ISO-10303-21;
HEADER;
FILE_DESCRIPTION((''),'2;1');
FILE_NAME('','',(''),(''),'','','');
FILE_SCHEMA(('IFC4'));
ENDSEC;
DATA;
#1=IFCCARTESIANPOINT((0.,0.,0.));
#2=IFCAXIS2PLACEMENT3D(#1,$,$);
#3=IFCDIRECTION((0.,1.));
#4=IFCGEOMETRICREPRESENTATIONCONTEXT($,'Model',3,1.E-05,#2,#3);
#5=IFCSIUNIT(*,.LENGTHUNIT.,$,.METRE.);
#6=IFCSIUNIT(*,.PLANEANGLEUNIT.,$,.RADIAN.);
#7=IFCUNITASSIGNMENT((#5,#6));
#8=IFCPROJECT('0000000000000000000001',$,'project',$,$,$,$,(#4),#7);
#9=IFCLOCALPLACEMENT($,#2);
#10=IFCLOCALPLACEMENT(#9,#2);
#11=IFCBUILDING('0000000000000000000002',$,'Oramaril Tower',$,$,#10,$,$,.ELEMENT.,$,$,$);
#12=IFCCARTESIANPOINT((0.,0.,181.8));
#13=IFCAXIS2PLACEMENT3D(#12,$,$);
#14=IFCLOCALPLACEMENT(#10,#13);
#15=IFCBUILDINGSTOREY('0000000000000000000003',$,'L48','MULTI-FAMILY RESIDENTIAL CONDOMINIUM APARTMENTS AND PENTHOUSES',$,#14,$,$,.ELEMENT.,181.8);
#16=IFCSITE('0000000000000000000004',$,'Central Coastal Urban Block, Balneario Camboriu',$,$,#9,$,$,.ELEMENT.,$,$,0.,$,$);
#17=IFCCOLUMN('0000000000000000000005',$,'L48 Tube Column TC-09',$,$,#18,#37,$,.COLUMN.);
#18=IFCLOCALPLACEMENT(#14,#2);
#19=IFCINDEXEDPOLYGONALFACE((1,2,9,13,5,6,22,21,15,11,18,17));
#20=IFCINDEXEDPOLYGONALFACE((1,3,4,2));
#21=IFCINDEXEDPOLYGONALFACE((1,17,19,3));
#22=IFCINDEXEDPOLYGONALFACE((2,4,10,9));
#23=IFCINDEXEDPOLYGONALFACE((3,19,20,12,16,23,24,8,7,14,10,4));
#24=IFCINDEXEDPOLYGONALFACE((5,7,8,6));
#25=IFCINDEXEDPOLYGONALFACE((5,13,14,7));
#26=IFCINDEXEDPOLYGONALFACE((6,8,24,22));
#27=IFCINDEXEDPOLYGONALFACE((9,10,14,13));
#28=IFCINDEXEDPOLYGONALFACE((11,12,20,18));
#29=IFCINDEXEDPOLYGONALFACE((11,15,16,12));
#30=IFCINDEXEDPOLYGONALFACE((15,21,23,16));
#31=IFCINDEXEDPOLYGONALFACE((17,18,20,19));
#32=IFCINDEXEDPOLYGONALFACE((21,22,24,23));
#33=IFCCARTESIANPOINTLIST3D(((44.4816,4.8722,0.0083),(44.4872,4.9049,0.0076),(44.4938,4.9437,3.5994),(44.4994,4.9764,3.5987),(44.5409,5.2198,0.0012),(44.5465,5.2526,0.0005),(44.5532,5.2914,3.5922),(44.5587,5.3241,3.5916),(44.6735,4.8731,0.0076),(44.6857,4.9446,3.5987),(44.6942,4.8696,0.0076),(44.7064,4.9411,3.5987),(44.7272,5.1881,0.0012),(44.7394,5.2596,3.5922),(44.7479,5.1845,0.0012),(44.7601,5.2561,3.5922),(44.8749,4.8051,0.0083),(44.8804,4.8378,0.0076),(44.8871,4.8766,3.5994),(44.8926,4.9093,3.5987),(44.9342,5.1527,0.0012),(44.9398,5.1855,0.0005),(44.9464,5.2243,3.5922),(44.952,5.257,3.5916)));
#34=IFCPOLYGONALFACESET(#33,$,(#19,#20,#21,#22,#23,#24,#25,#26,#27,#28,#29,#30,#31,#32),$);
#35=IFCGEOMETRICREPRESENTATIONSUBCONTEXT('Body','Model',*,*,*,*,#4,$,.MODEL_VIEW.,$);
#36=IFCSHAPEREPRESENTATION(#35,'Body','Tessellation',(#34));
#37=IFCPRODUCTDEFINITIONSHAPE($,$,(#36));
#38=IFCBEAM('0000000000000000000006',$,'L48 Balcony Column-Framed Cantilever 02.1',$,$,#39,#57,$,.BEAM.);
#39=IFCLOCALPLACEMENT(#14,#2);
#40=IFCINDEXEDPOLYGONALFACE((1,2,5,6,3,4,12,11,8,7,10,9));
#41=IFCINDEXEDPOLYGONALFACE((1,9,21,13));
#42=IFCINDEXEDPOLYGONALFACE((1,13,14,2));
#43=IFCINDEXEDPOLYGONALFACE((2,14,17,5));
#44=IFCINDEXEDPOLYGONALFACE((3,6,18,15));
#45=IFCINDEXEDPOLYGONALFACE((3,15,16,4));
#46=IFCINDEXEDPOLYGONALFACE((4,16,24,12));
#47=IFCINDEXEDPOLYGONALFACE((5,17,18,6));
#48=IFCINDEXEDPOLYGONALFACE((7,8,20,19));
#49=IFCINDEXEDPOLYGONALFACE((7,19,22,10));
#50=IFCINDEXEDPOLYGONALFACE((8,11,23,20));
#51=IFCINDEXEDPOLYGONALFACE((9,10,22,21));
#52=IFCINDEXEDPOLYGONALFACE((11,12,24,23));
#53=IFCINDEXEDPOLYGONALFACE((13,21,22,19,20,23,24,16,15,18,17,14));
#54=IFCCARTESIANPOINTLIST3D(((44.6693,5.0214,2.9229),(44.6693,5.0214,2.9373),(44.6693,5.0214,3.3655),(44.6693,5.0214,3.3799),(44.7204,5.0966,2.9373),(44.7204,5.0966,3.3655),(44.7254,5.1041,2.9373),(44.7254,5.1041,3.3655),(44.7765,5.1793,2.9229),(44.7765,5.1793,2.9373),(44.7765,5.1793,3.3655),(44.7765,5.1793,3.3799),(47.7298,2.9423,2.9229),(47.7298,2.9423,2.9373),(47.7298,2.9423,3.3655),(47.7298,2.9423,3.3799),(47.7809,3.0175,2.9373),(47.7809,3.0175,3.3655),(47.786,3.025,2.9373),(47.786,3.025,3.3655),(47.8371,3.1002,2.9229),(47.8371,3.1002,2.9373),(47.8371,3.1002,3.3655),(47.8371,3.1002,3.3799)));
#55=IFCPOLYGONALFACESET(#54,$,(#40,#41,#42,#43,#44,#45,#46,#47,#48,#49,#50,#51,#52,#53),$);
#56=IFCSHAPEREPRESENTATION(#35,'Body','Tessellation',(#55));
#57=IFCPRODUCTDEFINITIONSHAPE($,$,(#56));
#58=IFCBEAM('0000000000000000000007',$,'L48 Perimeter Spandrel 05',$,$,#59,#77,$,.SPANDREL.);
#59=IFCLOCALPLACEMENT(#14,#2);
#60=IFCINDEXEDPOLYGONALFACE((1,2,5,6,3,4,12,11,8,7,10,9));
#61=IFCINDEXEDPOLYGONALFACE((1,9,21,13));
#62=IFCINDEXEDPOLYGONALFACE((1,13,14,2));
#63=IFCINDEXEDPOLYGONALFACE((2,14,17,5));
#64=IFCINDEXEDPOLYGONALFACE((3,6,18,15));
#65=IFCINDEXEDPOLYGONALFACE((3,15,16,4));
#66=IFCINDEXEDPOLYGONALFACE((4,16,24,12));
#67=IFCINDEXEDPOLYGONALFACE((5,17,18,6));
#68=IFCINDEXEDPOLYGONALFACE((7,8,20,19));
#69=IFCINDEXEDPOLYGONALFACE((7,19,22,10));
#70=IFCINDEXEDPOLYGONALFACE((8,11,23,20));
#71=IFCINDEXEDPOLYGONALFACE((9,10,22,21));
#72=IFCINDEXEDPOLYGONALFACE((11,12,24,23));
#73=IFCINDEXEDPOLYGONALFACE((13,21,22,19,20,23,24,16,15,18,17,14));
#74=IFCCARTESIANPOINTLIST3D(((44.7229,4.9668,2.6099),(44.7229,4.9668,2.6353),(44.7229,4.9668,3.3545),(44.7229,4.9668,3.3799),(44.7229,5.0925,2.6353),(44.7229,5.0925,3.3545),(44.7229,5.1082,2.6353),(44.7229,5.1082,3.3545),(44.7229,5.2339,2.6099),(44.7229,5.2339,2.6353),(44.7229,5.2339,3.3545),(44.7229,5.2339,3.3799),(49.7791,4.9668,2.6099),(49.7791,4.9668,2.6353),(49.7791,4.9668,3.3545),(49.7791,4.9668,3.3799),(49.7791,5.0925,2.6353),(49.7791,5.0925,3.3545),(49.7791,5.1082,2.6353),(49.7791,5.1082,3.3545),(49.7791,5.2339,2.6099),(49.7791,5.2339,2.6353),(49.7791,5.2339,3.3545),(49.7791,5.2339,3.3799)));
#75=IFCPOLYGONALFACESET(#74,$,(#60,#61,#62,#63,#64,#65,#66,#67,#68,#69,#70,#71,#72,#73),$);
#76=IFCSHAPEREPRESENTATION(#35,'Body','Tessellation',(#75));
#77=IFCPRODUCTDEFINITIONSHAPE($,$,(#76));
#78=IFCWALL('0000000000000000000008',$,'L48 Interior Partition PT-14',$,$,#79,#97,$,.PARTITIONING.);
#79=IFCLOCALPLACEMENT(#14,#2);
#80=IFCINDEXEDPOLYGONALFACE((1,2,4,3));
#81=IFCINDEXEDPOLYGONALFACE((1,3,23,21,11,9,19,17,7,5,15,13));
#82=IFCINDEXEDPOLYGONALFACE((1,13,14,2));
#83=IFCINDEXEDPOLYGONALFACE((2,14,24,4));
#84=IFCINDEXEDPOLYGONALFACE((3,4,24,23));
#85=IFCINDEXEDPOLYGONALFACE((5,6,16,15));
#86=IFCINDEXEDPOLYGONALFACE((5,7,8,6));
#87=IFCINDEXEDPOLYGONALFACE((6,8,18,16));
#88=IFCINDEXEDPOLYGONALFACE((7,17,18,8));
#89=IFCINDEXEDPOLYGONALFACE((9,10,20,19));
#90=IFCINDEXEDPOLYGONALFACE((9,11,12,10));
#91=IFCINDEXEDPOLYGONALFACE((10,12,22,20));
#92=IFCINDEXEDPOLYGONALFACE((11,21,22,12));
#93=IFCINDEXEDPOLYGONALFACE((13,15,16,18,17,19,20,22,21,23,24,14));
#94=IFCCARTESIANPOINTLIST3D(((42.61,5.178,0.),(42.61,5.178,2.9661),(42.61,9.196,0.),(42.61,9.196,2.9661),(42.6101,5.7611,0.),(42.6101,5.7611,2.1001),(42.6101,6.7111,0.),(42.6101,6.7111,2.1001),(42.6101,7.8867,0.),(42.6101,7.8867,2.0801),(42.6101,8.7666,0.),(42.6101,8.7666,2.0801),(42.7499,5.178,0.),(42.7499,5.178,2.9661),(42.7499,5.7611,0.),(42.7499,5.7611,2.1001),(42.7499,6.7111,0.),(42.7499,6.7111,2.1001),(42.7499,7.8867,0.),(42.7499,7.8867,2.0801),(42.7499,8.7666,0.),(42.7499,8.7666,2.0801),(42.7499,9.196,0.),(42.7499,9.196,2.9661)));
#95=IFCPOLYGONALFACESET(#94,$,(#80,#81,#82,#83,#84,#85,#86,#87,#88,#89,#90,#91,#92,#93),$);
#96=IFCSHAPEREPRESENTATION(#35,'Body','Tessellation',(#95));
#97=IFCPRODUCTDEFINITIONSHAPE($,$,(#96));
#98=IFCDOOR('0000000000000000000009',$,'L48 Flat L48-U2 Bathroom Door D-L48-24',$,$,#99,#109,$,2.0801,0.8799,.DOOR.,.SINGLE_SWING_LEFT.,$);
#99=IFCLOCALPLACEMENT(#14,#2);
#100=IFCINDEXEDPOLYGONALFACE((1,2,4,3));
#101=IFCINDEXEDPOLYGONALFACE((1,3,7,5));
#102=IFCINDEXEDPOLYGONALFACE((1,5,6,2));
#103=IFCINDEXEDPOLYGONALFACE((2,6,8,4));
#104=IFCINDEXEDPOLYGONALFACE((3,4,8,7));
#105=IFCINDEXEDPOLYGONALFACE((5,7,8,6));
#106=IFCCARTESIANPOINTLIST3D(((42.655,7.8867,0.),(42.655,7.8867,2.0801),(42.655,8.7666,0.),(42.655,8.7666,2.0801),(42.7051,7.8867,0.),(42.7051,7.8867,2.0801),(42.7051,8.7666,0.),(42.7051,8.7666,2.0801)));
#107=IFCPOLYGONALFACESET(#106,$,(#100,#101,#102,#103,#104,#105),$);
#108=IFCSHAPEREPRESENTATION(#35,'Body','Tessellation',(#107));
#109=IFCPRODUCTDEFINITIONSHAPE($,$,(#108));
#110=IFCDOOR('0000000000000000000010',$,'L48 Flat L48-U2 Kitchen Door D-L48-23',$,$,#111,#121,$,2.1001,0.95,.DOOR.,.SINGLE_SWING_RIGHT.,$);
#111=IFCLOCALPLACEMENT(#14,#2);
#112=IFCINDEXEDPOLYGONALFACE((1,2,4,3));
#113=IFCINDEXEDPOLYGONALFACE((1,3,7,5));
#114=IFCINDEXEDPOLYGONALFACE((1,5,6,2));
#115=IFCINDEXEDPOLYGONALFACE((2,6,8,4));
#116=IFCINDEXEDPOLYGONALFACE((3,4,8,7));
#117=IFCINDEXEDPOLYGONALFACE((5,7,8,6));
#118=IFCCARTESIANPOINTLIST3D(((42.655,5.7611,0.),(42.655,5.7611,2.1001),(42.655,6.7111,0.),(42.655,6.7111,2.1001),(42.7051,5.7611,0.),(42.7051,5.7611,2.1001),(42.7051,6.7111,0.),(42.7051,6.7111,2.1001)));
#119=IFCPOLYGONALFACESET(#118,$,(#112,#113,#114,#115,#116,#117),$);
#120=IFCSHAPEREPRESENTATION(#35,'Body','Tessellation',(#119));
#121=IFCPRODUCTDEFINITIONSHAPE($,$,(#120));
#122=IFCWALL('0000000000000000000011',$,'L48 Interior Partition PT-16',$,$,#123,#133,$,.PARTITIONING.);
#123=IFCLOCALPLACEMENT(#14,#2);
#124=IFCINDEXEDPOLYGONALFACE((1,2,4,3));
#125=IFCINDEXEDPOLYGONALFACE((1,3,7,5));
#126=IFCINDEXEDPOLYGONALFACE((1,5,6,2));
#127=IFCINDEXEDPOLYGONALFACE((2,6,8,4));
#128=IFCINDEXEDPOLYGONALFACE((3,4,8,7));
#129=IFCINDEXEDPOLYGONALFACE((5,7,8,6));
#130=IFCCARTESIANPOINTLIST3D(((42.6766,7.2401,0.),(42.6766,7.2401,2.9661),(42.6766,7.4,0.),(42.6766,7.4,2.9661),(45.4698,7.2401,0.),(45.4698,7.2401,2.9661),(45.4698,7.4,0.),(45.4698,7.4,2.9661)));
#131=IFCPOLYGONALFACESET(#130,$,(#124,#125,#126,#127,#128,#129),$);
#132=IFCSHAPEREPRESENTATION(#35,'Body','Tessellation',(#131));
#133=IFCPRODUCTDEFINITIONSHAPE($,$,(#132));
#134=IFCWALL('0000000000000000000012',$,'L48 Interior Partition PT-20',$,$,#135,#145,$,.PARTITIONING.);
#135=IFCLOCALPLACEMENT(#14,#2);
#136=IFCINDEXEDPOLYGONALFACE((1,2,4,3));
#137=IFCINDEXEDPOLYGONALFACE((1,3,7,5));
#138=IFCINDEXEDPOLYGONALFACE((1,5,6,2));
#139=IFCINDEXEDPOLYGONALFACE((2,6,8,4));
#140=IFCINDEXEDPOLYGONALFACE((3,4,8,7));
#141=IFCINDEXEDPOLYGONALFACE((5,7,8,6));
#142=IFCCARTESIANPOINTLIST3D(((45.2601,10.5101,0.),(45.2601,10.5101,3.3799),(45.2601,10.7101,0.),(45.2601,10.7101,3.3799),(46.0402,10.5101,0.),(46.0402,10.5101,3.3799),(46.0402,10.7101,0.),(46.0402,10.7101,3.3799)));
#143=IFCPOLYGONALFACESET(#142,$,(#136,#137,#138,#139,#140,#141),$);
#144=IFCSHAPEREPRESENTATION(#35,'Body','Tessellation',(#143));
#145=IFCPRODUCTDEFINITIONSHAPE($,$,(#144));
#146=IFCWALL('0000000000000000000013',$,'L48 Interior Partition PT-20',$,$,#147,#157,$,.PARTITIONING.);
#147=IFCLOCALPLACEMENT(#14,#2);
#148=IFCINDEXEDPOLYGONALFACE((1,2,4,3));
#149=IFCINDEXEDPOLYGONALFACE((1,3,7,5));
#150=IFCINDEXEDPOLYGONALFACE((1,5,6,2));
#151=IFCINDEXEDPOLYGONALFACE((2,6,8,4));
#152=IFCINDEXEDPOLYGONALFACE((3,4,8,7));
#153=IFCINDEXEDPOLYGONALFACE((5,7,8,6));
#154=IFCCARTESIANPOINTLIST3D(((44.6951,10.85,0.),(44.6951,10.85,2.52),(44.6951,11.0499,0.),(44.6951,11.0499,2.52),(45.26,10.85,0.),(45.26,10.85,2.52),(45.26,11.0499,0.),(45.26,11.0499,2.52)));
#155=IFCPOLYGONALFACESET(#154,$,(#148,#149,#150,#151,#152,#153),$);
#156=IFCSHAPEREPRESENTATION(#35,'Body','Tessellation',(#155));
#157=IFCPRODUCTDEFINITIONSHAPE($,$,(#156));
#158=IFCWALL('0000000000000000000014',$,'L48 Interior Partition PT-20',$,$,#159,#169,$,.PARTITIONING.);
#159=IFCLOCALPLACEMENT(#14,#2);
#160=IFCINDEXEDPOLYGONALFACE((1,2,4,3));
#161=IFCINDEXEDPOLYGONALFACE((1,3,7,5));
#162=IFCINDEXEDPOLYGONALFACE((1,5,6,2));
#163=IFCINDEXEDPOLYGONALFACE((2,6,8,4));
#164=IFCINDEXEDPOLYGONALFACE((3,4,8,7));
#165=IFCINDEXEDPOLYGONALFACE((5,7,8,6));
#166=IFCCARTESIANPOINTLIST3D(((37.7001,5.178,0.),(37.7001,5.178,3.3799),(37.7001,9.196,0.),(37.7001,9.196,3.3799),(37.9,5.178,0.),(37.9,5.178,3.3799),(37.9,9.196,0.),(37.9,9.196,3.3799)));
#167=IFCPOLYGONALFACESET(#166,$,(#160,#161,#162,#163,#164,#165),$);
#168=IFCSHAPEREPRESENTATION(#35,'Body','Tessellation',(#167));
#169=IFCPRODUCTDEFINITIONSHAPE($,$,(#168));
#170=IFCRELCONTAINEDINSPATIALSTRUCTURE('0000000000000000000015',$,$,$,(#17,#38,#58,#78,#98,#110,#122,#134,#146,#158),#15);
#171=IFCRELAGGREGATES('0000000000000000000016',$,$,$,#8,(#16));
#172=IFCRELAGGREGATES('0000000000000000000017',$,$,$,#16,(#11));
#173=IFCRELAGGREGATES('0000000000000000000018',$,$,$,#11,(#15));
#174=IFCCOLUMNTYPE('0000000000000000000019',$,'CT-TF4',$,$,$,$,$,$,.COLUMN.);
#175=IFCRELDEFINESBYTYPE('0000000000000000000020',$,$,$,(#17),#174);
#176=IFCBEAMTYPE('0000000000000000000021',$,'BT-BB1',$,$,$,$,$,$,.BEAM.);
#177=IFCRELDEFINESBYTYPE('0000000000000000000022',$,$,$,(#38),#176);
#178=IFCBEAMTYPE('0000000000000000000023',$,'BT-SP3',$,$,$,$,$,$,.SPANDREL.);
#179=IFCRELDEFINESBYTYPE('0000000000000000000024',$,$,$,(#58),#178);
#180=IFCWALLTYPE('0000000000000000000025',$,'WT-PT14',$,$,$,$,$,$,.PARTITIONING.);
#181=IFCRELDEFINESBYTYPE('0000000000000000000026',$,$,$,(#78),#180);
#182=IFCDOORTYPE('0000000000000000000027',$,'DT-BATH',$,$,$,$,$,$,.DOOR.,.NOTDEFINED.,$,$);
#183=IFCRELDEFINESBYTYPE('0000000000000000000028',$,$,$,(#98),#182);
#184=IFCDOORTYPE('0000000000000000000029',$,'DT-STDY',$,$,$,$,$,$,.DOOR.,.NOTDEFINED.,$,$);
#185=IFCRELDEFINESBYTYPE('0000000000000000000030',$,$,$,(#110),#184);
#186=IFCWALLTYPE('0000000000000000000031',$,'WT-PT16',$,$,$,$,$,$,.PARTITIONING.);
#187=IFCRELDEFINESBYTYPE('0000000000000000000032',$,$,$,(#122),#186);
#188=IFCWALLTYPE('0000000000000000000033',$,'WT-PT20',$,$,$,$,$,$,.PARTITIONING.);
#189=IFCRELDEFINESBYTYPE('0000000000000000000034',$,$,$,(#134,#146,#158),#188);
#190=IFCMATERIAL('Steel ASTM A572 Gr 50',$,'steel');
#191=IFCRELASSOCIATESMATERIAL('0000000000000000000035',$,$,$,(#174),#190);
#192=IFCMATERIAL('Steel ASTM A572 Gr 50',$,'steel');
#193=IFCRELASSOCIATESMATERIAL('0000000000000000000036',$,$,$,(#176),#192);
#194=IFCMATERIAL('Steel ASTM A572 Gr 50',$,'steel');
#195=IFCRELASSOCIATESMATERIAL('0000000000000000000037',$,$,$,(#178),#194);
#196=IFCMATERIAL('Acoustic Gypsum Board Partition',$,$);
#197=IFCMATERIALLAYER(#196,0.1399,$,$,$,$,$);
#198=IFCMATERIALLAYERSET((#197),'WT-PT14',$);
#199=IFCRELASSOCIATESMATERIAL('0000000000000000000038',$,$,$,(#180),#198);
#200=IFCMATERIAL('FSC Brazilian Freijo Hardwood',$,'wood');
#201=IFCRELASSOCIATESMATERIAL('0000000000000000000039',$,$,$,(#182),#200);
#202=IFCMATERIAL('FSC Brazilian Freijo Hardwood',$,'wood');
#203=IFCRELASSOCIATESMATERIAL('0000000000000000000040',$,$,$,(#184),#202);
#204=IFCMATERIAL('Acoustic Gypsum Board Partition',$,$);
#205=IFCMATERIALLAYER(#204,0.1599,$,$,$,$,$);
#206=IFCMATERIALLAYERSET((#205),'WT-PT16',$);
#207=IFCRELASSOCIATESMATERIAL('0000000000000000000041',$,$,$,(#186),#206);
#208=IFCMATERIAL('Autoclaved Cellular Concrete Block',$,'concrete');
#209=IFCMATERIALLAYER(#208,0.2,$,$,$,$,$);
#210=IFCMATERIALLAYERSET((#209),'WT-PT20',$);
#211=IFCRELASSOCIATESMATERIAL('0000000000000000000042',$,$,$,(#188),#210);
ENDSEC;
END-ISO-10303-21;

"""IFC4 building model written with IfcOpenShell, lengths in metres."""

from ifc_helpers import new_model, si_unit, direction, frame, frame_2d, origin, origin_2d, place, context, subcontext, project, spatial, rectangle, i_section, extrude, material, layer, layer_set, material_profile, profile_set, type_object, element, fill, save


model = new_model("IFC4")

# Units and contexts
model_context = context("Model", 3, precision=1e-05, world=origin(), true_north=direction((0.0, 1.0)))
body_context = subcontext(model_context, "Body", "Model", "MODEL_VIEW")
ifc_project = project(units=[si_unit("LENGTHUNIT", "METRE"), si_unit("PLANEANGLEUNIT", "RADIAN")], contexts=[model_context])

# Site, building, storey
site_placement = place(None, origin())
site = spatial("IfcSite", under=ifc_project, at=site_placement, Name="Central Coastal Urban Block, Balneario Camboriu", CompositionType="ELEMENT", RefElevation=0.0)
building_placement = place(site_placement, origin())
building = spatial("IfcBuilding", under=site, at=building_placement, Name="Oramaril Tower", CompositionType="ELEMENT")
storey_placement = place(building_placement, frame((0.0, 0.0, 181.8)))
storey = spatial("IfcBuildingStorey", under=building, at=storey_placement, Name="L48", Description="MULTI-FAMILY RESIDENTIAL CONDOMINIUM APARTMENTS AND PENTHOUSES", CompositionType="ELEMENT", Elevation=181.8)

# Column
ifc_material_1 = material(Name="Steel ASTM A572 Gr 50", Category="steel")
ifc_material_profile_1 = material_profile(ifc_material_1, i_section(OverallWidth=0.3989, OverallDepth=0.386, WebThickness=0.021, FlangeThickness=0.0332, at=origin_2d()), Name="W14X176")
ifc_profile_set_1 = profile_set([ifc_material_profile_1], Name="Steel ASTM A572 Gr 50")
column_type = type_object("IfcColumnType", Name="CT-TF4", PredefinedType="COLUMN", material=ifc_profile_set_1)
column_placement = place(storey_placement, frame((44.7107, 5.0288, 0.0044), z_axis=(0.003399, 0.019916, 0.999796), x_axis=(-0.98575, 0.168217, 0.0)))
element("IfcColumn", 1, at=column_placement, inside=storey, type_object=column_type, Name="L48 Tube Column TC-09", PredefinedType="COLUMN", context=body_context, shape_type="SweptSolid", body=[
    extrude(i_section(OverallWidth=0.3989, OverallDepth=0.386, WebThickness=0.021, FlangeThickness=0.0332, at=origin_2d()), origin(), (0.0, 0.0, 1.0), 3.5918),
])

# Beams
ifc_material_2 = material(Name="Steel ASTM A572 Gr 50", Category="steel")
ifc_material_profile_2 = material_profile(ifc_material_2, i_section(OverallWidth=0.1909, OverallDepth=0.457, WebThickness=0.009, FlangeThickness=0.0144, at=origin_2d()), Name="W18X50")
ifc_profile_set_2 = profile_set([ifc_material_profile_2], Name="Steel ASTM A572 Gr 50")
beam_type_1 = type_object("IfcBeamType", Name="BT-BB1", PredefinedType="BEAM", material=ifc_profile_set_2)
beam_1_placement = place(storey_placement, frame((44.7229, 5.1003, 3.1514), z_axis=(0.827187, -0.561927, 0.0), x_axis=(0.561927, 0.827187, 0.0)))
element("IfcBeam", 2, at=beam_1_placement, inside=storey, type_object=beam_type_1, Name="L48 Balcony Column-Framed Cantilever 02.1", PredefinedType="BEAM", context=body_context, shape_type="SweptSolid", body=[
    extrude(i_section(OverallWidth=0.1909, OverallDepth=0.457, WebThickness=0.009, FlangeThickness=0.0144, at=origin_2d()), origin(), (0.0, 0.0, 1.0), 3.7),
])
ifc_material_3 = material(Name="Steel ASTM A572 Gr 50", Category="steel")
ifc_material_profile_3 = material_profile(ifc_material_3, i_section(OverallWidth=0.2671, OverallDepth=0.77, WebThickness=0.0156, FlangeThickness=0.0254, at=origin_2d()), Name="W30X132")
ifc_profile_set_3 = profile_set([ifc_material_profile_3], Name="Steel ASTM A572 Gr 50")
beam_type_2 = type_object("IfcBeamType", Name="BT-SP3", PredefinedType="SPANDREL", material=ifc_profile_set_3)
beam_2_placement = place(storey_placement, frame((44.7229, 5.1003, 2.9949), z_axis=(1.0, 0.0, 0.0), x_axis=(0.0, 1.0, 0.0)))
element("IfcBeam", 3, at=beam_2_placement, inside=storey, type_object=beam_type_2, Name="L48 Perimeter Spandrel 05", PredefinedType="SPANDREL", context=body_context, shape_type="SweptSolid", body=[
    extrude(i_section(OverallWidth=0.2671, OverallDepth=0.77, WebThickness=0.0156, FlangeThickness=0.0254, at=origin_2d()), origin(), (0.0, 0.0, 1.0), 5.0562),
])

# Wall, openings, doors
ifc_material_4 = material(Name="Acoustic Gypsum Board Partition")
ifc_layer_1 = layer(ifc_material_4, 0.1399)
ifc_layer_set_1 = layer_set([ifc_layer_1], Name="WT-PT14")
wall_type_1 = type_object("IfcWallType", Name="WT-PT14", PredefinedType="PARTITIONING", material=ifc_layer_set_1)
wall_1_placement = place(storey_placement, frame((42.6799, 5.178, 0.0), z_axis=(0.0, 0.0, 1.0), x_axis=(0.0, 1.0, 0.0)))
wall_1 = element("IfcWall", 4, at=wall_1_placement, inside=storey, type_object=wall_type_1, Name="L48 Interior Partition PT-14", PredefinedType="PARTITIONING", context=body_context, shape_type="SweptSolid", body=[
    extrude(rectangle(XDim=4.0181, YDim=0.1399, at=frame_2d((2.009, 0.0))), origin(), (0.0, 0.0, 1.0), 2.9661),
])
opening_1_placement = place(wall_1_placement, frame((0.583, 0.0, 0.0)))
opening_1 = element("IfcOpeningElement", 5, at=opening_1_placement, cuts=wall_1, PredefinedType="OPENING", context=body_context, shape_type="SweptSolid", body=[
    extrude(rectangle(XDim=0.95, YDim=2.1001, at=frame_2d((0.4751, 1.05))), frame((0.0, 0.0698, 0.0), z_axis=(0.0, -1.0, 0.0), x_axis=(1.0, 0.0, 0.0)), (0.0, 0.0, 1.0), 0.1399),
])
opening_2_placement = place(wall_1_placement, frame((2.7087, 0.0, 0.0)))
opening_2 = element("IfcOpeningElement", 6, at=opening_2_placement, cuts=wall_1, PredefinedType="OPENING", context=body_context, shape_type="SweptSolid", body=[
    extrude(rectangle(XDim=0.8799, YDim=2.0801, at=frame_2d((0.4399, 1.04))), frame((0.0, 0.0698, 0.0), z_axis=(0.0, -1.0, 0.0), x_axis=(1.0, 0.0, 0.0)), (0.0, 0.0, 1.0), 0.1399),
])
ifc_material_5 = material(Name="FSC Brazilian Freijo Hardwood", Category="wood")
door_type_1 = type_object("IfcDoorType", Name="DT-BATH", OperationType="NOTDEFINED", PredefinedType="DOOR", material=ifc_material_5)
door_1_placement = place(opening_2_placement, origin())
door_1 = element("IfcDoor", 7, at=door_1_placement, inside=storey, type_object=door_type_1, Name="L48 Flat L48-U2 Bathroom Door D-L48-24", OperationType="SINGLE_SWING_LEFT", OverallHeight=2.0801, OverallWidth=0.8799, PredefinedType="DOOR", context=body_context, shape_type="SweptSolid", body=[
    extrude(rectangle(XDim=0.8799, YDim=2.0801, at=frame_2d((0.4399, 1.04))), frame((0.0, 0.0249, 0.0), z_axis=(0.0, -1.0, 0.0), x_axis=(1.0, 0.0, 0.0)), (0.0, 0.0, 1.0), 0.05),
])
fill(opening_2, door_1)
ifc_material_6 = material(Name="FSC Brazilian Freijo Hardwood", Category="wood")
door_type_2 = type_object("IfcDoorType", Name="DT-STDY", OperationType="NOTDEFINED", PredefinedType="DOOR", material=ifc_material_6)
door_2_placement = place(opening_1_placement, origin())
door_2 = element("IfcDoor", 8, at=door_2_placement, inside=storey, type_object=door_type_2, Name="L48 Flat L48-U2 Kitchen Door D-L48-23", OperationType="SINGLE_SWING_RIGHT", OverallHeight=2.1001, OverallWidth=0.95, PredefinedType="DOOR", context=body_context, shape_type="SweptSolid", body=[
    extrude(rectangle(XDim=0.95, YDim=2.1001, at=frame_2d((0.4751, 1.05))), frame((0.0, 0.0249, 0.0), z_axis=(0.0, -1.0, 0.0), x_axis=(1.0, 0.0, 0.0)), (0.0, 0.0, 1.0), 0.05),
])
fill(opening_1, door_2)

# Walls
ifc_material_7 = material(Name="Acoustic Gypsum Board Partition")
ifc_layer_2 = layer(ifc_material_7, 0.1599)
ifc_layer_set_2 = layer_set([ifc_layer_2], Name="WT-PT16")
wall_type_2 = type_object("IfcWallType", Name="WT-PT16", PredefinedType="PARTITIONING", material=ifc_layer_set_2)
wall_2_placement = place(storey_placement, frame((42.6768, 7.3201, 0.0), z_axis=(0.0, 0.0, 1.0), x_axis=(1.0, 0.0, 0.0)))
element("IfcWall", 9, at=wall_2_placement, inside=storey, type_object=wall_type_2, Name="L48 Interior Partition PT-16", PredefinedType="PARTITIONING", context=body_context, shape_type="SweptSolid", body=[
    extrude(rectangle(XDim=2.7932, YDim=0.1599, at=frame_2d((1.3965, 0.0))), origin(), (0.0, 0.0, 1.0), 2.9661),
])
ifc_material_8 = material(Name="Autoclaved Cellular Concrete Block", Category="concrete")
ifc_layer_3 = layer(ifc_material_8, 0.2)
ifc_layer_set_3 = layer_set([ifc_layer_3], Name="WT-PT20")
wall_type_3 = type_object("IfcWallType", Name="WT-PT20", PredefinedType="PARTITIONING", material=ifc_layer_set_3)
wall_3_placement = place(storey_placement, frame((45.26, 10.6101, 0.0), z_axis=(0.0, 0.0, 1.0), x_axis=(1.0, 0.0, 0.0)))
element("IfcWall", 10, at=wall_3_placement, inside=storey, type_object=wall_type_3, Name="L48 Interior Partition PT-20", PredefinedType="PARTITIONING", context=body_context, shape_type="SweptSolid", body=[
    extrude(rectangle(XDim=0.78, YDim=0.2, at=frame_2d((0.3901, 0.0))), origin(), (0.0, 0.0, 1.0), 3.3799),
])
wall_4_placement = place(storey_placement, frame((44.6951, 10.95, 0.0), z_axis=(0.0, 0.0, 1.0), x_axis=(1.0, 0.0, 0.0)))
element("IfcWall", 11, at=wall_4_placement, inside=storey, type_object=wall_type_3, Name="L48 Interior Partition PT-20", PredefinedType="PARTITIONING", context=body_context, shape_type="SweptSolid", body=[
    extrude(rectangle(XDim=0.5649, YDim=0.2, at=frame_2d((0.2825, 0.0))), origin(), (0.0, 0.0, 1.0), 2.52),
])
for number, where, z_axis, x_axis, name in (
    (12, (37.8, 5.178, 0.0), (0.0, 0.0, 1.0), (0.0, 1.0, 0.0), "L48 Interior Partition PT-20"),
):
    element("IfcWall", number, at=place(storey_placement, frame(where, z_axis=z_axis, x_axis=x_axis)), inside=storey, type_object=wall_type_3, Name=name, PredefinedType="PARTITIONING", context=body_context, shape_type="SweptSolid", body=[
        extrude(rectangle(XDim=4.0181, YDim=0.2, at=frame_2d((2.009, 0.0))), origin(), (0.0, 0.0, 1.0), 3.3799),
    ])

save(model, "model.ifc")
